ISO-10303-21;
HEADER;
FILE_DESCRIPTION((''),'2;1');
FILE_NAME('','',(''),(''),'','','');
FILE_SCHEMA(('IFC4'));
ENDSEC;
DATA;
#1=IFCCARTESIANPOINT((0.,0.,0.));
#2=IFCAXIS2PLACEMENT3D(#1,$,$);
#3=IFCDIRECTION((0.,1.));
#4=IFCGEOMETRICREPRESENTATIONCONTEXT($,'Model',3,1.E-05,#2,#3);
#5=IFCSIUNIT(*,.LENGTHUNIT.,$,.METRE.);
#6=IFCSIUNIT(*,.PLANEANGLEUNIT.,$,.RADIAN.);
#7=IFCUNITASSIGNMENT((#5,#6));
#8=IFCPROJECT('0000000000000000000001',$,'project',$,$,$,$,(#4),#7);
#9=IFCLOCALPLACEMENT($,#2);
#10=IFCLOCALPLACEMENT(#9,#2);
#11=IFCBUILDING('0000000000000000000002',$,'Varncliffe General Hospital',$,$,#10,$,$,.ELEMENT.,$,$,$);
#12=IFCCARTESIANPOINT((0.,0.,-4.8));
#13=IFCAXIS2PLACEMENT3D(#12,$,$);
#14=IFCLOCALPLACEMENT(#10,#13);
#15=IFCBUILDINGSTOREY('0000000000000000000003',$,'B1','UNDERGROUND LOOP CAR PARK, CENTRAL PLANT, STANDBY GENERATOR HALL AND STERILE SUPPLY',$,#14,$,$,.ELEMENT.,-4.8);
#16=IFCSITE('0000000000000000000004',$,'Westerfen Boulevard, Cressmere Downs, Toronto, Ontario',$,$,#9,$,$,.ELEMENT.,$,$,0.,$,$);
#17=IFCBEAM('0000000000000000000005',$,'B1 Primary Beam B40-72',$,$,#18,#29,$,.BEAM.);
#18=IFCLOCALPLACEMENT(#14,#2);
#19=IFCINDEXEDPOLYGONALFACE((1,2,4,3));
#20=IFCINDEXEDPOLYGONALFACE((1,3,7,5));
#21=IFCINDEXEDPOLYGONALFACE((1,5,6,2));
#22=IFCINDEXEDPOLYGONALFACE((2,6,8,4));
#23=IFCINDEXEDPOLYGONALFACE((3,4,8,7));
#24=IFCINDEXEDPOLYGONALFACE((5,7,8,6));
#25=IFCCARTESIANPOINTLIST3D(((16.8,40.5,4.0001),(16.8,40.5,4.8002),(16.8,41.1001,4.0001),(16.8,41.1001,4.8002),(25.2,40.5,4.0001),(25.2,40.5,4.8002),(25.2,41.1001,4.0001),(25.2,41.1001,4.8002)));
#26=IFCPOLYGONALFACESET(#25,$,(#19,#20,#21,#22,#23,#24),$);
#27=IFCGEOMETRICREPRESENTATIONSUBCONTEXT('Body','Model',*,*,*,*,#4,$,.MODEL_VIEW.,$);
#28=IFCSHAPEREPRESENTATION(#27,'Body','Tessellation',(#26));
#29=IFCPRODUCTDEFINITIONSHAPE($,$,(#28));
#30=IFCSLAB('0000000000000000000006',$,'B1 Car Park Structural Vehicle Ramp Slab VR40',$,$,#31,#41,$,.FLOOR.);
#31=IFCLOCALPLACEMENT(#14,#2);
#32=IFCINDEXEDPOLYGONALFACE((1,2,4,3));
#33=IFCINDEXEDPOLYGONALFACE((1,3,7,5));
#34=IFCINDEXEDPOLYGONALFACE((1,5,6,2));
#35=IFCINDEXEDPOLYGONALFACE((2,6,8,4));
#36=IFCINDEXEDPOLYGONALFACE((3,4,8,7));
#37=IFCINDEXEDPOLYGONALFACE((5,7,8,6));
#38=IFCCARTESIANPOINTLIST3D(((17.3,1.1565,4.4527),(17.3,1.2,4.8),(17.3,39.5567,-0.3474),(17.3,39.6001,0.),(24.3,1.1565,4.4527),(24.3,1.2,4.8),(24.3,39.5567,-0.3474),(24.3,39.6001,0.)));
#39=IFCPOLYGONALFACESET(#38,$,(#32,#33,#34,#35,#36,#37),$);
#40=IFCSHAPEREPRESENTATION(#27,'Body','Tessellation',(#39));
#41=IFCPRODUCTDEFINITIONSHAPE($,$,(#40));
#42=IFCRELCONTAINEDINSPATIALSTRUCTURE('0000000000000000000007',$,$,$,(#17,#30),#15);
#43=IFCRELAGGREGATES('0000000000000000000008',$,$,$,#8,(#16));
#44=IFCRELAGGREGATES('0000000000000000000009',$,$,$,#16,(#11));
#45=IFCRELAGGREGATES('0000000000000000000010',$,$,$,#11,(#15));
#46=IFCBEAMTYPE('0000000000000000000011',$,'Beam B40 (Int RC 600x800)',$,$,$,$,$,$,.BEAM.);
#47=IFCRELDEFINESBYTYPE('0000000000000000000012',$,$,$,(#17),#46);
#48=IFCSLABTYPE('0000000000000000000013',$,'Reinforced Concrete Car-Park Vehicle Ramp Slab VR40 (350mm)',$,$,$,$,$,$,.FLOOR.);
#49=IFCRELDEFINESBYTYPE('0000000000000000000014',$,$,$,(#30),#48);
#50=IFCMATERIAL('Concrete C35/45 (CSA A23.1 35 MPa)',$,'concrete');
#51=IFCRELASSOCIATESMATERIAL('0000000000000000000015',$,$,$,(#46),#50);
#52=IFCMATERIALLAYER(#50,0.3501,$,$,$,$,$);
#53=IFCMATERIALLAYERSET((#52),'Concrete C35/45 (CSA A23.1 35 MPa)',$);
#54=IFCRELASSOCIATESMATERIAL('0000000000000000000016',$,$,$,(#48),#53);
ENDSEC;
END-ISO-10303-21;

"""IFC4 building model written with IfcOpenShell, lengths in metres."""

from ifc_helpers import new_model, si_unit, direction, frame, origin, origin_2d, place, context, subcontext, project, spatial, polyline, rectangle, outline, extrude, material, layer, layer_set, material_profile, profile_set, type_object, element, save


model = new_model("IFC4")

# Units and contexts
model_context = context("Model", 3, precision=1e-05, world=origin(), true_north=direction((0.0, 1.0)))
body_context = subcontext(model_context, "Body", "Model", "MODEL_VIEW")
ifc_project = project(units=[si_unit("LENGTHUNIT", "METRE"), si_unit("PLANEANGLEUNIT", "RADIAN")], contexts=[model_context])

# Site, building, storey
site_placement = place(None, origin())
site = spatial("IfcSite", under=ifc_project, at=site_placement, Name="Westerfen Boulevard, Cressmere Downs, Toronto, Ontario", CompositionType="ELEMENT", RefElevation=0.0)
building_placement = place(site_placement, origin())
building = spatial("IfcBuilding", under=site, at=building_placement, Name="Varncliffe General Hospital", CompositionType="ELEMENT")
storey_placement = place(building_placement, frame((0.0, 0.0, -4.8)))
storey = spatial("IfcBuildingStorey", under=building, at=storey_placement, Name="B1", Description="UNDERGROUND LOOP CAR PARK, CENTRAL PLANT, STANDBY GENERATOR HALL AND STERILE SUPPLY", CompositionType="ELEMENT", Elevation=-4.8)

# Beam
ifc_material_1 = material(Name="Concrete C35/45 (CSA A23.1 35 MPa)", Category="concrete")
ifc_material_profile_1 = material_profile(ifc_material_1, rectangle(XDim=0.6001, YDim=0.8, at=origin_2d()), Name="RC 600x800")
ifc_profile_set_1 = profile_set([ifc_material_profile_1], Name="Concrete C35/45 (CSA A23.1 35 MPa)")
beam_type_1 = type_object("IfcBeamType", Name="Beam B40 (Int RC 600x800)", PredefinedType="BEAM", material=ifc_profile_set_1)
beam_1_placement = place(storey_placement, frame((16.8, 40.8, 4.4001), z_axis=(1.0, 0.0, 0.0), x_axis=(0.0, 1.0, 0.0)))
element("IfcBeam", 1, at=beam_1_placement, inside=storey, type_object=beam_type_1, Name="B1 Primary Beam B40-72", PredefinedType="BEAM", context=body_context, shape_type="SweptSolid", body=[
    extrude(rectangle(XDim=0.6001, YDim=0.8, at=origin_2d()), origin(), (0.0, 0.0, 1.0), 8.3999),
])

# Slab
ifc_layer = layer(ifc_material_1, 0.3501)
ifc_layer_set = layer_set([ifc_layer], Name="Concrete C35/45 (CSA A23.1 35 MPa)")
slab_type = type_object("IfcSlabType", Name="Reinforced Concrete Car-Park Vehicle Ramp Slab VR40 (350mm)", PredefinedType="FLOOR", material=ifc_layer_set)
slab_placement = place(storey_placement, frame((17.3, 39.6001, 0.0), z_axis=(0.0, 0.124036, 0.992278), x_axis=(1.0, 0.0, 0.0)))
element("IfcSlab", 2, at=slab_placement, inside=storey, type_object=slab_type, Name="B1 Car Park Structural Vehicle Ramp Slab VR40", PredefinedType="FLOOR", context=body_context, shape_type="SweptSolid", body=[
    extrude(outline(polyline([(0.0, 0.0), (7.0, 0.0), (7.0, -38.699), (0.0, -38.699), (0.0, 0.0)])), origin(), (0.0, 0.0, -1.0), 0.3501),
])

save(model, "model.ifc")
